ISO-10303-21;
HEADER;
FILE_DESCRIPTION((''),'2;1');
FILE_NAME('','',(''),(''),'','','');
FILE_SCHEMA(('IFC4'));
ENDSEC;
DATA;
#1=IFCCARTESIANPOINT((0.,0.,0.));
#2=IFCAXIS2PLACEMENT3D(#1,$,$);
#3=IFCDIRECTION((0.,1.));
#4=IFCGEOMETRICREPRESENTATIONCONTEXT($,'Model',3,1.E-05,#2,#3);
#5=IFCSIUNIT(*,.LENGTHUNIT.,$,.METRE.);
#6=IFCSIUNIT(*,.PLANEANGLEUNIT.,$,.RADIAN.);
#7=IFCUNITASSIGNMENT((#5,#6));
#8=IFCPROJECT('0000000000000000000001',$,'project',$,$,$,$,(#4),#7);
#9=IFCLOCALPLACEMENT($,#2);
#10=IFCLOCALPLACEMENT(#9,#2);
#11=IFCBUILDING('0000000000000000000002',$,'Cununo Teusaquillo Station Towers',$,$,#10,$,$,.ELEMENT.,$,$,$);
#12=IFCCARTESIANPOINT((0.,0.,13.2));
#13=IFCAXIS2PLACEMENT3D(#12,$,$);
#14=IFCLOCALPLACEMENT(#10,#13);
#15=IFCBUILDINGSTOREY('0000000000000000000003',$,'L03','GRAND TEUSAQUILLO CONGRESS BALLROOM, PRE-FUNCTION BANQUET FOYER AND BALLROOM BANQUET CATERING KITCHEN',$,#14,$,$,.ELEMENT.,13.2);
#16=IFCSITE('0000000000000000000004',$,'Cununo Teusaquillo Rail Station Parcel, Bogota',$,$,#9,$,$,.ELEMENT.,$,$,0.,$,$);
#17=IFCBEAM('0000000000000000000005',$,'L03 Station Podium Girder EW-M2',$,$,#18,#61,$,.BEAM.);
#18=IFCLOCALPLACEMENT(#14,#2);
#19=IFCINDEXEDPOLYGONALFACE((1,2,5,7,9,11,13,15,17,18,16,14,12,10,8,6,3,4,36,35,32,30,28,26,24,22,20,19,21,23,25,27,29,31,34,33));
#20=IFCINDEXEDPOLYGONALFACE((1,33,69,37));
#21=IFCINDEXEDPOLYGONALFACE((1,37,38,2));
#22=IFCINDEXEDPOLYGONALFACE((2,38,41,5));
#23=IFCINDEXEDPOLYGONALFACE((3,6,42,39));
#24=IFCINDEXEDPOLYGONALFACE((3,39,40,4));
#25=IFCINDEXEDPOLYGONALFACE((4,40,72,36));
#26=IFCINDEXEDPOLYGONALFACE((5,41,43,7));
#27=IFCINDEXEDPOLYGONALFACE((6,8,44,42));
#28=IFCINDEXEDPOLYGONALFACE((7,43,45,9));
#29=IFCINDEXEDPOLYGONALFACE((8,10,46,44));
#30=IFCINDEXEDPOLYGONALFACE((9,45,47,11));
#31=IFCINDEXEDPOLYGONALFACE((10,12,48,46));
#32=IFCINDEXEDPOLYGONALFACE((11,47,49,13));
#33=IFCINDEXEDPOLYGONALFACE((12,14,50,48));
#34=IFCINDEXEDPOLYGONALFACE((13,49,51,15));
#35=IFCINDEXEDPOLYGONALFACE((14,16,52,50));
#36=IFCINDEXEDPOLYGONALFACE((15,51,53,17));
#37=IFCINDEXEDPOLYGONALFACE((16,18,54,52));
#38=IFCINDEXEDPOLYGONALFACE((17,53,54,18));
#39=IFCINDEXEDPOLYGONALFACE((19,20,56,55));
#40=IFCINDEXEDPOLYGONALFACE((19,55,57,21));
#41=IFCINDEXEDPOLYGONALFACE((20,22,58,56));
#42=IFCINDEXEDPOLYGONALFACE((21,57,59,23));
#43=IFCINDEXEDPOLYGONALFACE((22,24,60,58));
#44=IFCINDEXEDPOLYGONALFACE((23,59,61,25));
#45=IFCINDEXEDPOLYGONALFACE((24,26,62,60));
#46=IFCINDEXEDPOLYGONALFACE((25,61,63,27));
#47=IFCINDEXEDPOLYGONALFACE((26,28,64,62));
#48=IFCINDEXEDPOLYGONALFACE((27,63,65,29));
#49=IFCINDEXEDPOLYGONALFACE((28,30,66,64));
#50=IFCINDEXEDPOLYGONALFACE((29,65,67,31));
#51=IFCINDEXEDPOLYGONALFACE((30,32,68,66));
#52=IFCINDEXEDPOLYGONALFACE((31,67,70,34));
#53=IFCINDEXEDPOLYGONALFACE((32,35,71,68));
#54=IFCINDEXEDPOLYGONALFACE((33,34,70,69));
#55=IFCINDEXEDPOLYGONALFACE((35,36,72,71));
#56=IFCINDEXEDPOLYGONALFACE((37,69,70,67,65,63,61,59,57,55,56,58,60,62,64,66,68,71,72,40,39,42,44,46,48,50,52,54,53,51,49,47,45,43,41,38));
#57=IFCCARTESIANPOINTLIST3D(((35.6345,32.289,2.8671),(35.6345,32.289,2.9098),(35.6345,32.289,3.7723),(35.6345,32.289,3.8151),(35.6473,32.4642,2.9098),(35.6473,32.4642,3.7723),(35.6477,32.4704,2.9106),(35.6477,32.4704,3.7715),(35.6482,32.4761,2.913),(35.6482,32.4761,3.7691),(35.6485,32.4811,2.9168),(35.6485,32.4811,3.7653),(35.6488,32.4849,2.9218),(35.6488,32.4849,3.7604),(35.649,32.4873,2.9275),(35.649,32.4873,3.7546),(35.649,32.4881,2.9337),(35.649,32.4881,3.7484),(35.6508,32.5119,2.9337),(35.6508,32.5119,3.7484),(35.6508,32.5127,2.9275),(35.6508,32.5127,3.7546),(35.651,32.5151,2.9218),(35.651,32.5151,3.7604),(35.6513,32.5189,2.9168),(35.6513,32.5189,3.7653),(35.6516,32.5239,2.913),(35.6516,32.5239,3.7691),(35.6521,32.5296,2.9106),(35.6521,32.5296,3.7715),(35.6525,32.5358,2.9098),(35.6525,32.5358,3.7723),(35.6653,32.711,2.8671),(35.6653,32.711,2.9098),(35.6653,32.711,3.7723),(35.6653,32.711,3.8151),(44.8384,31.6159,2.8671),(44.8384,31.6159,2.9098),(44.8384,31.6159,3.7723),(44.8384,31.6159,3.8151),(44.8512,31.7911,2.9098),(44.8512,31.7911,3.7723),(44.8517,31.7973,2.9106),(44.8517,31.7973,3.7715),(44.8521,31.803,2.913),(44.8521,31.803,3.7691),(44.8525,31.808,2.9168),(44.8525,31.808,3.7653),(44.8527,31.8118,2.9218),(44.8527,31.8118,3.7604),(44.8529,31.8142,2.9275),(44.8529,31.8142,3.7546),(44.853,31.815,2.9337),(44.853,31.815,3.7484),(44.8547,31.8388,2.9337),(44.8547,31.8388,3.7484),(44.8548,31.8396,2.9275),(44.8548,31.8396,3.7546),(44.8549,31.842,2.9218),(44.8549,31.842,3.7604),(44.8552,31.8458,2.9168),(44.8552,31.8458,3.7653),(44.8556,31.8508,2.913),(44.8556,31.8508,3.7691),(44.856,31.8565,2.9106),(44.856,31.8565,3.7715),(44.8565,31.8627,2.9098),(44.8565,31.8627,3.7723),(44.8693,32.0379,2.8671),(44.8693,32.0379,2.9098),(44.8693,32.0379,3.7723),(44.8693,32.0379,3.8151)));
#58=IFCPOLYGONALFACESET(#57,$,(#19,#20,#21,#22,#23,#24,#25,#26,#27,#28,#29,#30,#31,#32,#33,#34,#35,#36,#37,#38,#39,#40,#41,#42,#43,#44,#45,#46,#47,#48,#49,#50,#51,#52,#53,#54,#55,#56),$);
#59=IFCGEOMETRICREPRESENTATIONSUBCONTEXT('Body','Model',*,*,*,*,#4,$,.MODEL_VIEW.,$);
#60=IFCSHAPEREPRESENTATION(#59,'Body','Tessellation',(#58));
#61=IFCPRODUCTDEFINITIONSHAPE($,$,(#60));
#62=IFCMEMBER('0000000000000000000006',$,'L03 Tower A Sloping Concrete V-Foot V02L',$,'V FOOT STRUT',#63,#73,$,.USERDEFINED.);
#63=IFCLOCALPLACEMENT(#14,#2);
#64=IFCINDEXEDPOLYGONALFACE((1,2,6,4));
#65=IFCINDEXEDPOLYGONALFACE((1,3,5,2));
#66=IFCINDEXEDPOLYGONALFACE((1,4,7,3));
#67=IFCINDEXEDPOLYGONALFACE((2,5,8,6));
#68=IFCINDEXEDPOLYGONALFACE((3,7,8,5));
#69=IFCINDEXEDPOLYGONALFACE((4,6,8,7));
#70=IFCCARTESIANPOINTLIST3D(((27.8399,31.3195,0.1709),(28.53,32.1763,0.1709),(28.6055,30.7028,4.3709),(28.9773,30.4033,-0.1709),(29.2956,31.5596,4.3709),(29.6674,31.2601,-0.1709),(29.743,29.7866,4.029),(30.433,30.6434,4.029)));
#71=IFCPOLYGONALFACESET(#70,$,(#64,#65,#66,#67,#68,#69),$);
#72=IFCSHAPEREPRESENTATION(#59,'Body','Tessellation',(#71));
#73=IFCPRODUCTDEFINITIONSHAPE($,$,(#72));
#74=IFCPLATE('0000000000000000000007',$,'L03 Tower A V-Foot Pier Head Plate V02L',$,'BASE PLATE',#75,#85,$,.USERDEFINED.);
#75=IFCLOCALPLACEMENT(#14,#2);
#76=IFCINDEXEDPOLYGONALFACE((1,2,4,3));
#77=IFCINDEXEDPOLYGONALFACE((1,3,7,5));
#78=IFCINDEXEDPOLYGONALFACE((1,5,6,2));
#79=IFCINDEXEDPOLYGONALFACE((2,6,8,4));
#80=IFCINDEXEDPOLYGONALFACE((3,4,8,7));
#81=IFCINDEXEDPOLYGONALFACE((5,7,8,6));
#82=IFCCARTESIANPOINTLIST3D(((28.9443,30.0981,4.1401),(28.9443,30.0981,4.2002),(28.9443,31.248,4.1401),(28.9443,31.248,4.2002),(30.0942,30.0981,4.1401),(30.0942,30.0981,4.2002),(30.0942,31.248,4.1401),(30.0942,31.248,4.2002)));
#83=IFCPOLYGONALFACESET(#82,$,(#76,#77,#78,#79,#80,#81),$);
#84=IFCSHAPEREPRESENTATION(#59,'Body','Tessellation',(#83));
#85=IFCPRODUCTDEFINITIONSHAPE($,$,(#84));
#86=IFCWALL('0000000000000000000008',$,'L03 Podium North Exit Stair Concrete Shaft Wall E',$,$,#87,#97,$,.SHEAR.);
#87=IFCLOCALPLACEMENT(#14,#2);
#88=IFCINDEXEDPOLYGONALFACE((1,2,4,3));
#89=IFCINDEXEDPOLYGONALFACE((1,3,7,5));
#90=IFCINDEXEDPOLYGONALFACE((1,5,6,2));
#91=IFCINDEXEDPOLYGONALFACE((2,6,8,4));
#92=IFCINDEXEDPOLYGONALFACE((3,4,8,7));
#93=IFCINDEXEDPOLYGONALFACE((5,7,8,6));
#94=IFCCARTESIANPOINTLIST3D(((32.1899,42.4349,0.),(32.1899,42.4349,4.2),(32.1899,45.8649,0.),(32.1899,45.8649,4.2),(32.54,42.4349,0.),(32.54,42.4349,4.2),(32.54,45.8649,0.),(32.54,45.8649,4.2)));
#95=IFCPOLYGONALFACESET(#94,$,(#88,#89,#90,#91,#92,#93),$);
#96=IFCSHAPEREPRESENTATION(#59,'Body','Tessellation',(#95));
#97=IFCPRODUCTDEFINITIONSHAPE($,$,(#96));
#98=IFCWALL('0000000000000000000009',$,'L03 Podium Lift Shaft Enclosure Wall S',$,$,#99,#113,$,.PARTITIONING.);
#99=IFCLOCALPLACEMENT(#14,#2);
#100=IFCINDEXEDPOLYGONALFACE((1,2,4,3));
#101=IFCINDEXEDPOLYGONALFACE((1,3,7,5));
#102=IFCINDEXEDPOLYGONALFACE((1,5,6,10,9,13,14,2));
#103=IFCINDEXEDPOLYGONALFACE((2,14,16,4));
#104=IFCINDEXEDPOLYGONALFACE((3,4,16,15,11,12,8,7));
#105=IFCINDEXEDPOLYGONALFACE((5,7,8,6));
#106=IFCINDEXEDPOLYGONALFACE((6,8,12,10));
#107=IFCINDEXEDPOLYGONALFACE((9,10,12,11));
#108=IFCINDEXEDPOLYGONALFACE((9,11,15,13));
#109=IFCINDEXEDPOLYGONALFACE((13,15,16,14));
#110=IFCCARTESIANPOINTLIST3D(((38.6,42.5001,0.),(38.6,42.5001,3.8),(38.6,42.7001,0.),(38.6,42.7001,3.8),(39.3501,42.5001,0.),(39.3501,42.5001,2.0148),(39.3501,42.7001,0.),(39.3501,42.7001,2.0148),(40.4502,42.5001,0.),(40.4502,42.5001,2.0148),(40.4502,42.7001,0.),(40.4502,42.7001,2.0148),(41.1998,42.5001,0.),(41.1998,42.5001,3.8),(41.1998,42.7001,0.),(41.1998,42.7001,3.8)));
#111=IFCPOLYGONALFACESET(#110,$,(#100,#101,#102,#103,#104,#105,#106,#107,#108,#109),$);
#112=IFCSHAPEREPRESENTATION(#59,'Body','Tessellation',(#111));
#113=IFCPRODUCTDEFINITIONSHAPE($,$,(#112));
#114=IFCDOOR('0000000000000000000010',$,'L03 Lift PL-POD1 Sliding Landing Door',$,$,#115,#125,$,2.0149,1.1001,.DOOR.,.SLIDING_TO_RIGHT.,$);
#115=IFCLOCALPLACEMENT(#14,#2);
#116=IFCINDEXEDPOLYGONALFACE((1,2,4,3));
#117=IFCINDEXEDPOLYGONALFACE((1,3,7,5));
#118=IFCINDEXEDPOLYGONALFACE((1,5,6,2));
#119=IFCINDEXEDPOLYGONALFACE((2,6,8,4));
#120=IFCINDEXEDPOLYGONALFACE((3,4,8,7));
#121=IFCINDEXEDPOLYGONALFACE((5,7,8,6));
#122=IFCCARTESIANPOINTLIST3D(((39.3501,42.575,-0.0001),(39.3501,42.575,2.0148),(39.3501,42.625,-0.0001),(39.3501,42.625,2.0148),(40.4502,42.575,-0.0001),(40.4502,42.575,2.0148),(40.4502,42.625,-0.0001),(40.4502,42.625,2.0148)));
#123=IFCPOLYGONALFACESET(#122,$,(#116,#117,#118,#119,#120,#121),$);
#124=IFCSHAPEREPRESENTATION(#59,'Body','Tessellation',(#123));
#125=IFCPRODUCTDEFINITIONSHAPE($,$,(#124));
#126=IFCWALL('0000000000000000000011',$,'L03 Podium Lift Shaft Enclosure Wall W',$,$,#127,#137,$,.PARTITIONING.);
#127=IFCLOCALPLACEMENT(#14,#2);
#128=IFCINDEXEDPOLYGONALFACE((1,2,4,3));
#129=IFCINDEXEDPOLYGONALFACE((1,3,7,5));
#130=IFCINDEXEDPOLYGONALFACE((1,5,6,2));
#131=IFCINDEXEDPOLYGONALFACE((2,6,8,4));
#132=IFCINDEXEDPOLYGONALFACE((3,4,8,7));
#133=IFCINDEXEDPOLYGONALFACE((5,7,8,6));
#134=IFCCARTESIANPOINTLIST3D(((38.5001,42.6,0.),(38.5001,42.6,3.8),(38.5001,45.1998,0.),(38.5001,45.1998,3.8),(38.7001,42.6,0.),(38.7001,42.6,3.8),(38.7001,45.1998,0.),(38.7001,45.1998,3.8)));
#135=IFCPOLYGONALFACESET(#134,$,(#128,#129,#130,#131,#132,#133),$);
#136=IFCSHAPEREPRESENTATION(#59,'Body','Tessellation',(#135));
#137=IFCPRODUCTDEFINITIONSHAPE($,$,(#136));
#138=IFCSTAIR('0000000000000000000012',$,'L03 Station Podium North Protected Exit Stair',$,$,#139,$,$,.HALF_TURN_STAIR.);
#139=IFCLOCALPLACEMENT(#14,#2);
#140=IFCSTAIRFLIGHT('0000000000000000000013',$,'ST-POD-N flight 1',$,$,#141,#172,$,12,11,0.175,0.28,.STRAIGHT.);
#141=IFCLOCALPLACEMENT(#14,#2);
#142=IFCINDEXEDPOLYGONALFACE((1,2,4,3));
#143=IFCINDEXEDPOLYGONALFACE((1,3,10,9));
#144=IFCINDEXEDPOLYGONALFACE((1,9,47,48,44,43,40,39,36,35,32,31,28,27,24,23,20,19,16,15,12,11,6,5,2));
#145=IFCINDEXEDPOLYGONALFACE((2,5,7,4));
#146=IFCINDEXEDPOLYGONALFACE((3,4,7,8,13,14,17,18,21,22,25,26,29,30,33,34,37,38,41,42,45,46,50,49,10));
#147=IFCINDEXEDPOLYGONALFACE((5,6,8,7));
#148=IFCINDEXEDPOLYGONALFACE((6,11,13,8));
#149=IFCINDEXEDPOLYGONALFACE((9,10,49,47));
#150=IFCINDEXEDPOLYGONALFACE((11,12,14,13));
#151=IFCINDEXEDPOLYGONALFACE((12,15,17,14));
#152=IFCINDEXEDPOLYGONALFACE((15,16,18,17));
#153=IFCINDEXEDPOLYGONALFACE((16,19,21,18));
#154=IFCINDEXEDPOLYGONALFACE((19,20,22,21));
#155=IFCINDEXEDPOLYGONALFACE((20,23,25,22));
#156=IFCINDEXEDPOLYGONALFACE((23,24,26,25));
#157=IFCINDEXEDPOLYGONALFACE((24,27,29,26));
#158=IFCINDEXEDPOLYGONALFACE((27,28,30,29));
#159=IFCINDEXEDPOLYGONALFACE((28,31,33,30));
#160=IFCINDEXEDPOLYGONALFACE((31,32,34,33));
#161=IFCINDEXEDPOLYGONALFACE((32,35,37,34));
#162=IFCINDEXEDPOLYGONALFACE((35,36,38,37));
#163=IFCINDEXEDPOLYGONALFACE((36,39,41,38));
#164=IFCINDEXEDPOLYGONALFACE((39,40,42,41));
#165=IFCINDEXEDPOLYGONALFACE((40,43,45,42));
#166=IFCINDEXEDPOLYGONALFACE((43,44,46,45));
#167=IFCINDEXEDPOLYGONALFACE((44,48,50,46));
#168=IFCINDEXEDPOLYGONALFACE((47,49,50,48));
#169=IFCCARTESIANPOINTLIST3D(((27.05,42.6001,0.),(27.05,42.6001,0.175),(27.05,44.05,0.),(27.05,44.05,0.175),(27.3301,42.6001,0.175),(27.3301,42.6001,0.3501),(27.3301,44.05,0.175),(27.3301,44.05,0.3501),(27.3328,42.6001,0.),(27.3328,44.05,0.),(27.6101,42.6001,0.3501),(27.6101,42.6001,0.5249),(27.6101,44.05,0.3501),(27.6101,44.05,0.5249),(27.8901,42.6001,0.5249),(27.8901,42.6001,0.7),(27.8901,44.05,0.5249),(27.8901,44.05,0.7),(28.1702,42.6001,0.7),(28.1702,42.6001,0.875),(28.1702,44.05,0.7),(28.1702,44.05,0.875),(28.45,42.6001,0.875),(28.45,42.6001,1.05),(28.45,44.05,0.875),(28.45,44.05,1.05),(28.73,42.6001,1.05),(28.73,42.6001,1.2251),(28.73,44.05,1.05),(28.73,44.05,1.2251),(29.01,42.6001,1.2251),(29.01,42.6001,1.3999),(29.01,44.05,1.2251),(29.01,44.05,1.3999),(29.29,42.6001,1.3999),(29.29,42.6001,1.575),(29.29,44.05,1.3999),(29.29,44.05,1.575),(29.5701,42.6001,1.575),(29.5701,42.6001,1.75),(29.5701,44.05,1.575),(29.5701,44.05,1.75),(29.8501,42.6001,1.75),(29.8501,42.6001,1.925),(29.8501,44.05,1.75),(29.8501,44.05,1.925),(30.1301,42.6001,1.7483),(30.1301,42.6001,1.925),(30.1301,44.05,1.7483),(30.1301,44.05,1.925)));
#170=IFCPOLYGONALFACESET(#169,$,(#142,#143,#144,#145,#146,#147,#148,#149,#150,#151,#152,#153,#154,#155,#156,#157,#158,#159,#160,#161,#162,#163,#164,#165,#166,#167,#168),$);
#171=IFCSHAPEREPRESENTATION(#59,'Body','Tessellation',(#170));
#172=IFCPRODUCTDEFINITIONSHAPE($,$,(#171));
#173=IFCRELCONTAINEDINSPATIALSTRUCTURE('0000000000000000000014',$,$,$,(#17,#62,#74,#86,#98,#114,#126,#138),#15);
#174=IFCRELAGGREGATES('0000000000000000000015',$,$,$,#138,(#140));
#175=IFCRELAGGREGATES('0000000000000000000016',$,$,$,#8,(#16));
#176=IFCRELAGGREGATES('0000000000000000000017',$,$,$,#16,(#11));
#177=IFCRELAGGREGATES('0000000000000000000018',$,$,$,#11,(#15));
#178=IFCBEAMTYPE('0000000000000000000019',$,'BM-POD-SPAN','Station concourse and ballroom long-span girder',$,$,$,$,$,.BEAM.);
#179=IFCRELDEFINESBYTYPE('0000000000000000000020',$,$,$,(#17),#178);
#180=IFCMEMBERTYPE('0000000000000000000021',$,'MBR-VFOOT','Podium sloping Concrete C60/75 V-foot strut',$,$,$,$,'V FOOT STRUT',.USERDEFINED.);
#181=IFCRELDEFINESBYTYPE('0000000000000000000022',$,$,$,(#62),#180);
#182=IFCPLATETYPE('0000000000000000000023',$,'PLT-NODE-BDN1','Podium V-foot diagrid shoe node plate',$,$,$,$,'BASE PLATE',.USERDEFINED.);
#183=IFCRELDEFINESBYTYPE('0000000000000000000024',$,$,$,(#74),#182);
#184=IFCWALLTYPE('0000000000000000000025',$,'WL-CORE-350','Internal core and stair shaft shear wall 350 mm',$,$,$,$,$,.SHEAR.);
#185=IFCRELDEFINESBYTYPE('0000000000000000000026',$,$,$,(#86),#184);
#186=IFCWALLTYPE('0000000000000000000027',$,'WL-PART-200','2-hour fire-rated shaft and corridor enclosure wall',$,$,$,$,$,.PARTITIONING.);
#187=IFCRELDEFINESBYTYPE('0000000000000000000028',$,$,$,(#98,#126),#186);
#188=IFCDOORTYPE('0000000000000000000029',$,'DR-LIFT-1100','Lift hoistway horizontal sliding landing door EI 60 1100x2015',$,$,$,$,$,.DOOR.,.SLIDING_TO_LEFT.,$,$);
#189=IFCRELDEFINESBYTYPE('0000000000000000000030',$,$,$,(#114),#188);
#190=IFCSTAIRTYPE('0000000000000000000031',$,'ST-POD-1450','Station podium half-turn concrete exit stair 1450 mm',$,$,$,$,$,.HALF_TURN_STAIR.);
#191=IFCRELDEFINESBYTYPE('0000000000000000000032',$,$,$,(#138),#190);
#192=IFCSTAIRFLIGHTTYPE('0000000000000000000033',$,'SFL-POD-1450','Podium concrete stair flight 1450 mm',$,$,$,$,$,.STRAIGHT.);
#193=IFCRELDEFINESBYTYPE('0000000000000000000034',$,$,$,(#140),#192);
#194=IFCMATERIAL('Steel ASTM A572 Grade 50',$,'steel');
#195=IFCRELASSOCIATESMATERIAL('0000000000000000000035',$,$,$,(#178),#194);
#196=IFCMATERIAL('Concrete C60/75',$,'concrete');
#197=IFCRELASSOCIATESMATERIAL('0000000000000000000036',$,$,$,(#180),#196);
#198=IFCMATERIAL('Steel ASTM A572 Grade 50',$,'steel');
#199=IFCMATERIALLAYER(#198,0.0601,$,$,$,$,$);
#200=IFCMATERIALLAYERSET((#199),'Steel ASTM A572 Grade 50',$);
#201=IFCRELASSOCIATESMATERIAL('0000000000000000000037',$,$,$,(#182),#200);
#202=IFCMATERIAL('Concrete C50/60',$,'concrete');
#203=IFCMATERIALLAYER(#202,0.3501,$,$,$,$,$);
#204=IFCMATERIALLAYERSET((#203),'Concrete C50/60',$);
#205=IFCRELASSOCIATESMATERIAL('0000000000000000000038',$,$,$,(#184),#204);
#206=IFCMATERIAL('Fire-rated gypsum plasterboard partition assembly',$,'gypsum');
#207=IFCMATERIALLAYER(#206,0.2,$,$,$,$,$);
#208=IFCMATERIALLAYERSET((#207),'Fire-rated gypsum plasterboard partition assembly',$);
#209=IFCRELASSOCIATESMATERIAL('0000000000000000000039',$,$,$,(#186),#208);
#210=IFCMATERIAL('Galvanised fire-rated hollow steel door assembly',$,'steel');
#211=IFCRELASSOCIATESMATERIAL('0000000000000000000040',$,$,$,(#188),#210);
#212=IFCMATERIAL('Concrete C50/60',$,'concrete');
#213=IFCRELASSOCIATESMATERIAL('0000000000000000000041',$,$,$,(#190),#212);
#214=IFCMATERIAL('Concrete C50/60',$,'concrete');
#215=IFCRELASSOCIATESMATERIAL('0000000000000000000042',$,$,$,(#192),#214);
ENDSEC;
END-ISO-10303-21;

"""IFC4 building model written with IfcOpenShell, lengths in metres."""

from ifc_helpers import new_model, si_unit, direction, frame, frame_2d, origin, origin_2d, place, context, subcontext, project, spatial, polyline, rectangle, i_section, outline, extrude, source, transform, mapped, material, layer, layer_set, material_profile, profile_set, type_object, element, fill, aggregate, save


model = new_model("IFC4")

# Units and contexts
model_context = context("Model", 3, precision=1e-05, world=origin(), true_north=direction((0.0, 1.0)))
body_context = subcontext(model_context, "Body", "Model", "MODEL_VIEW")
ifc_project = project(units=[si_unit("LENGTHUNIT", "METRE"), si_unit("PLANEANGLEUNIT", "RADIAN")], contexts=[model_context])

# Site, building, storey
site_placement = place(None, origin())
site = spatial("IfcSite", under=ifc_project, at=site_placement, Name="Cununo Teusaquillo Rail Station Parcel, Bogota", CompositionType="ELEMENT", RefElevation=0.0)
building_placement = place(site_placement, origin())
building = spatial("IfcBuilding", under=site, at=building_placement, Name="Cununo Teusaquillo Station Towers", CompositionType="ELEMENT")
storey_placement = place(building_placement, frame((0.0, 0.0, 13.2)))
storey = spatial("IfcBuildingStorey", under=building, at=storey_placement, Name="L03", Description="GRAND TEUSAQUILLO CONGRESS BALLROOM, PRE-FUNCTION BANQUET FOYER AND BALLROOM BANQUET CATERING KITCHEN", CompositionType="ELEMENT", Elevation=13.2)

# Beam
ifc_material_1 = material(Name="Steel ASTM A572 Grade 50", Category="steel")
ifc_material_profile_1 = material_profile(ifc_material_1, i_section(OverallWidth=0.4231, OverallDepth=0.948, WebThickness=0.0239, FlangeThickness=0.0427, FilletRadius=0.0239, at=origin_2d()), Name="W36X302")
ifc_profile_set_1 = profile_set([ifc_material_profile_1], Name="Steel ASTM A572 Grade 50")
beam_type_1 = type_object("IfcBeamType", Name="BM-POD-SPAN", Description="Station concourse and ballroom long-span girder", PredefinedType="BEAM", material=ifc_profile_set_1)
beam_1_placement = place(storey_placement, frame((35.6499, 32.5, 3.3411), z_axis=(0.997337, -0.072937, 0.0), x_axis=(0.072937, 0.997337, 0.0)))
element("IfcBeam", 1, at=beam_1_placement, inside=storey, type_object=beam_type_1, Name="L03 Station Podium Girder EW-M2", PredefinedType="BEAM", context=body_context, shape_type="SweptSolid", body=[
    extrude(i_section(OverallWidth=0.4231, OverallDepth=0.948, WebThickness=0.0239, FlangeThickness=0.0427, FilletRadius=0.0239, at=origin_2d()), origin(), (0.0, 0.0, 1.0), 9.2285),
])

# Member
ifc_material_2 = material(Name="Concrete C60/75", Category="concrete")
ifc_material_profile_2 = material_profile(ifc_material_2, rectangle(XDim=1.1001, YDim=1.5, at=origin_2d()), Name="RC-RECT-1500x1100")
ifc_profile_set_2 = profile_set([ifc_material_profile_2], Name="Concrete C60/75")
member_type = type_object("IfcMemberType", Name="MBR-VFOOT", Description="Podium sloping Concrete C60/75 V-foot strut", ElementType="V FOOT STRUT", PredefinedType="USERDEFINED", material=ifc_profile_set_2)
member_placement = place(storey_placement, frame((28.7537, 31.2898, 0.0), z_axis=(0.177496, -0.14297, 0.973681), x_axis=(0.627296, 0.778781, 0.0)))
element("IfcMember", 2, at=member_placement, inside=storey, type_object=member_type, Name="L03 Tower A Sloping Concrete V-Foot V02L", ObjectType="V FOOT STRUT", PredefinedType="USERDEFINED", context=body_context, shape_type="SweptSolid", body=[
    extrude(rectangle(XDim=1.1001, YDim=1.5, at=origin_2d()), origin(), (0.0, 0.0, 1.0), 4.3135),
])

# Plate
ifc_material_3 = material(Name="Steel ASTM A572 Grade 50", Category="steel")
ifc_layer_1 = layer(ifc_material_3, 0.0601)
ifc_layer_set_1 = layer_set([ifc_layer_1], Name="Steel ASTM A572 Grade 50")
plate_type = type_object("IfcPlateType", Name="PLT-NODE-BDN1", Description="Podium V-foot diagrid shoe node plate", ElementType="BASE PLATE", PredefinedType="USERDEFINED", material=ifc_layer_set_1)
shared_shape_1 = source(origin(), body_context, "Body", "SweptSolid", [
    extrude(rectangle(XDim=1.1499, YDim=1.1499, at=origin_2d()), origin(), (0.0, 0.0, 1.0), 0.0601),
])
plate_placement = place(storey_placement, frame((29.5193, 30.6731, 4.1401), z_axis=(0.0, 0.0, 1.0), x_axis=(1.0, 0.0, 0.0)))
element("IfcPlate", 3, at=plate_placement, inside=storey, type_object=plate_type, Name="L03 Tower A V-Foot Pier Head Plate V02L", ObjectType="BASE PLATE", PredefinedType="USERDEFINED", context=body_context, shape_type="MappedRepresentation", body=[
    mapped(shared_shape_1, transform((0.0, 0.0, 0.0), x_axis=(1.0, 0.0, 0.0), y_axis=(0.0, 1.0, 0.0), z_axis=(0.0, 0.0, 1.0), scale=1.0)),
])

# Wall
ifc_material_4 = material(Name="Concrete C50/60", Category="concrete")
ifc_layer_2 = layer(ifc_material_4, 0.3501)
ifc_layer_set_2 = layer_set([ifc_layer_2], Name="Concrete C50/60")
wall_type_1 = type_object("IfcWallType", Name="WL-CORE-350", Description="Internal core and stair shaft shear wall 350 mm", PredefinedType="SHEAR", material=ifc_layer_set_2)
wall_1_placement = place(storey_placement, frame((32.365, 42.4351, 0.0), z_axis=(0.0, 0.0, 1.0), x_axis=(0.0, 1.0, 0.0)))
element("IfcWall", 4, at=wall_1_placement, inside=storey, type_object=wall_type_1, Name="L03 Podium North Exit Stair Concrete Shaft Wall E", PredefinedType="SHEAR", context=body_context, shape_type="SweptSolid", body=[
    extrude(rectangle(XDim=3.4299, YDim=0.3501, at=frame_2d((1.7148, 0.0))), origin(), (0.0, 0.0, 1.0), 4.2),
])

# Wall, opening, door
ifc_material_5 = material(Name="Fire-rated gypsum plasterboard partition assembly", Category="gypsum")
ifc_layer_3 = layer(ifc_material_5, 0.2)
ifc_layer_set_3 = layer_set([ifc_layer_3], Name="Fire-rated gypsum plasterboard partition assembly")
wall_type_2 = type_object("IfcWallType", Name="WL-PART-200", Description="2-hour fire-rated shaft and corridor enclosure wall", PredefinedType="PARTITIONING", material=ifc_layer_set_3)
wall_2_placement = place(storey_placement, frame((38.6001, 42.6001, 0.0), z_axis=(0.0, 0.0, 1.0), x_axis=(1.0, 0.0, 0.0)))
wall_2 = element("IfcWall", 5, at=wall_2_placement, inside=storey, type_object=wall_type_2, Name="L03 Podium Lift Shaft Enclosure Wall S", PredefinedType="PARTITIONING", context=body_context, shape_type="SweptSolid", body=[
    extrude(rectangle(XDim=2.5999, YDim=0.2, at=frame_2d((1.2998, 0.0))), origin(), (0.0, 0.0, 1.0), 3.8),
])
shared_shape_2 = source(origin(), body_context, "Body", "SweptSolid", [
    extrude(rectangle(XDim=1.1001, YDim=2.0149, at=frame_2d((0.55, 1.0073))), frame((0.0, 0.1099, 0.0), z_axis=(0.0, -1.0, 0.0), x_axis=(1.0, 0.0, 0.0)), (0.0, 0.0, 1.0), 0.22),
])
opening_placement = place(wall_2_placement, frame((0.75, 0.0, 0.0)))
opening = element("IfcOpeningElement", 6, at=opening_placement, cuts=wall_2, PredefinedType="OPENING", context=body_context, shape_type="MappedRepresentation", body=[
    mapped(shared_shape_2, transform((0.0, 0.0, 0.0), x_axis=(1.0, 0.0, 0.0), y_axis=(0.0, 1.0, 0.0), z_axis=(0.0, 0.0, 1.0), scale=1.0)),
])
ifc_material_6 = material(Name="Galvanised fire-rated hollow steel door assembly", Category="steel")
door_type = type_object("IfcDoorType", Name="DR-LIFT-1100", Description="Lift hoistway horizontal sliding landing door EI 60 1100x2015", OperationType="SLIDING_TO_LEFT", PredefinedType="DOOR", material=ifc_material_6)
shared_shape_3 = source(origin(), body_context, "Body", "SweptSolid", [
    extrude(rectangle(XDim=1.1001, YDim=2.0149, at=frame_2d((0.55, 1.0073))), frame((0.0, 0.0249, 0.0), z_axis=(0.0, -1.0, 0.0), x_axis=(1.0, 0.0, 0.0)), (0.0, 0.0, 1.0), 0.05),
])
door_placement = place(opening_placement, origin())
door = element("IfcDoor", 7, at=door_placement, inside=storey, type_object=door_type, Name="L03 Lift PL-POD1 Sliding Landing Door", OperationType="SLIDING_TO_RIGHT", OverallHeight=2.0149, OverallWidth=1.1001, PredefinedType="DOOR", context=body_context, shape_type="MappedRepresentation", body=[
    mapped(shared_shape_3, transform((0.0, 0.0, 0.0), x_axis=(1.0, 0.0, 0.0), y_axis=(0.0, 1.0, 0.0), z_axis=(0.0, 0.0, 1.0), scale=1.0)),
])
fill(opening, door)

# Wall
wall_3_placement = place(storey_placement, frame((38.6001, 42.6001, 0.0), z_axis=(0.0, 0.0, 1.0), x_axis=(0.0, 1.0, 0.0)))
element("IfcWall", 8, at=wall_3_placement, inside=storey, type_object=wall_type_2, Name="L03 Podium Lift Shaft Enclosure Wall W", PredefinedType="PARTITIONING", context=body_context, shape_type="SweptSolid", body=[
    extrude(rectangle(XDim=2.5999, YDim=0.2, at=frame_2d((1.2998, 0.0))), origin(), (0.0, 0.0, 1.0), 3.8),
])

# Stair, stair flight
ifc_material_7 = material(Name="Concrete C50/60", Category="concrete")
stair_type = type_object("IfcStairType", Name="ST-POD-1450", Description="Station podium half-turn concrete exit stair 1450 mm", PredefinedType="HALF_TURN_STAIR", material=ifc_material_7)
stair_placement = place(storey_placement, origin())
stair = element("IfcStair", 9, at=stair_placement, inside=storey, type_object=stair_type, Name="L03 Station Podium North Protected Exit Stair", PredefinedType="HALF_TURN_STAIR")
ifc_material_8 = material(Name="Concrete C50/60", Category="concrete")
stair_flight_type = type_object("IfcStairFlightType", Name="SFL-POD-1450", Description="Podium concrete stair flight 1450 mm", PredefinedType="STRAIGHT", material=ifc_material_8)
stair_flight_1_placement = place(storey_placement, frame((27.05, 43.325, 0.0), z_axis=(0.0, 0.0, 1.0), x_axis=(1.0, 0.0, 0.0)))
stair_flight_1 = element("IfcStairFlight", 10, at=stair_flight_1_placement, type_object=stair_flight_type, Name="ST-POD-N flight 1", NumberOfRisers=12, NumberOfTreads=11, PredefinedType="STRAIGHT", RiserHeight=0.175, TreadLength=0.28, context=body_context, shape_type="SweptSolid", body=[
    extrude(outline(polyline([(0.0, 0.0), (0.0, 0.175), (0.28, 0.175), (0.28, 0.3501), (0.5601, 0.3501), (0.5601, 0.5249), (0.8401, 0.5249), (0.8401, 0.7), (1.1201, 0.7), (1.1201, 0.875), (1.3999, 0.875), (1.3999, 1.05), (1.6799, 1.05), (1.6799, 1.2251), (1.96, 1.2251), (1.96, 1.3999), (2.24, 1.3999), (2.24, 1.575), (2.52, 1.575), (2.52, 1.75), (2.8, 1.75), (2.8, 1.925), (3.0801, 1.925), (3.0801, 2.1001), (3.0801, 1.7483), (0.2827, 0.0), (0.0, 0.0)])), frame((0.0, 0.7251, 0.0), z_axis=(0.0, -1.0, 0.0), x_axis=(1.0, 0.0, 0.0)), (0.0, 0.0, 1.0), 1.45),
])
aggregate(stair, [stair_flight_1])

save(model, "model.ifc")
